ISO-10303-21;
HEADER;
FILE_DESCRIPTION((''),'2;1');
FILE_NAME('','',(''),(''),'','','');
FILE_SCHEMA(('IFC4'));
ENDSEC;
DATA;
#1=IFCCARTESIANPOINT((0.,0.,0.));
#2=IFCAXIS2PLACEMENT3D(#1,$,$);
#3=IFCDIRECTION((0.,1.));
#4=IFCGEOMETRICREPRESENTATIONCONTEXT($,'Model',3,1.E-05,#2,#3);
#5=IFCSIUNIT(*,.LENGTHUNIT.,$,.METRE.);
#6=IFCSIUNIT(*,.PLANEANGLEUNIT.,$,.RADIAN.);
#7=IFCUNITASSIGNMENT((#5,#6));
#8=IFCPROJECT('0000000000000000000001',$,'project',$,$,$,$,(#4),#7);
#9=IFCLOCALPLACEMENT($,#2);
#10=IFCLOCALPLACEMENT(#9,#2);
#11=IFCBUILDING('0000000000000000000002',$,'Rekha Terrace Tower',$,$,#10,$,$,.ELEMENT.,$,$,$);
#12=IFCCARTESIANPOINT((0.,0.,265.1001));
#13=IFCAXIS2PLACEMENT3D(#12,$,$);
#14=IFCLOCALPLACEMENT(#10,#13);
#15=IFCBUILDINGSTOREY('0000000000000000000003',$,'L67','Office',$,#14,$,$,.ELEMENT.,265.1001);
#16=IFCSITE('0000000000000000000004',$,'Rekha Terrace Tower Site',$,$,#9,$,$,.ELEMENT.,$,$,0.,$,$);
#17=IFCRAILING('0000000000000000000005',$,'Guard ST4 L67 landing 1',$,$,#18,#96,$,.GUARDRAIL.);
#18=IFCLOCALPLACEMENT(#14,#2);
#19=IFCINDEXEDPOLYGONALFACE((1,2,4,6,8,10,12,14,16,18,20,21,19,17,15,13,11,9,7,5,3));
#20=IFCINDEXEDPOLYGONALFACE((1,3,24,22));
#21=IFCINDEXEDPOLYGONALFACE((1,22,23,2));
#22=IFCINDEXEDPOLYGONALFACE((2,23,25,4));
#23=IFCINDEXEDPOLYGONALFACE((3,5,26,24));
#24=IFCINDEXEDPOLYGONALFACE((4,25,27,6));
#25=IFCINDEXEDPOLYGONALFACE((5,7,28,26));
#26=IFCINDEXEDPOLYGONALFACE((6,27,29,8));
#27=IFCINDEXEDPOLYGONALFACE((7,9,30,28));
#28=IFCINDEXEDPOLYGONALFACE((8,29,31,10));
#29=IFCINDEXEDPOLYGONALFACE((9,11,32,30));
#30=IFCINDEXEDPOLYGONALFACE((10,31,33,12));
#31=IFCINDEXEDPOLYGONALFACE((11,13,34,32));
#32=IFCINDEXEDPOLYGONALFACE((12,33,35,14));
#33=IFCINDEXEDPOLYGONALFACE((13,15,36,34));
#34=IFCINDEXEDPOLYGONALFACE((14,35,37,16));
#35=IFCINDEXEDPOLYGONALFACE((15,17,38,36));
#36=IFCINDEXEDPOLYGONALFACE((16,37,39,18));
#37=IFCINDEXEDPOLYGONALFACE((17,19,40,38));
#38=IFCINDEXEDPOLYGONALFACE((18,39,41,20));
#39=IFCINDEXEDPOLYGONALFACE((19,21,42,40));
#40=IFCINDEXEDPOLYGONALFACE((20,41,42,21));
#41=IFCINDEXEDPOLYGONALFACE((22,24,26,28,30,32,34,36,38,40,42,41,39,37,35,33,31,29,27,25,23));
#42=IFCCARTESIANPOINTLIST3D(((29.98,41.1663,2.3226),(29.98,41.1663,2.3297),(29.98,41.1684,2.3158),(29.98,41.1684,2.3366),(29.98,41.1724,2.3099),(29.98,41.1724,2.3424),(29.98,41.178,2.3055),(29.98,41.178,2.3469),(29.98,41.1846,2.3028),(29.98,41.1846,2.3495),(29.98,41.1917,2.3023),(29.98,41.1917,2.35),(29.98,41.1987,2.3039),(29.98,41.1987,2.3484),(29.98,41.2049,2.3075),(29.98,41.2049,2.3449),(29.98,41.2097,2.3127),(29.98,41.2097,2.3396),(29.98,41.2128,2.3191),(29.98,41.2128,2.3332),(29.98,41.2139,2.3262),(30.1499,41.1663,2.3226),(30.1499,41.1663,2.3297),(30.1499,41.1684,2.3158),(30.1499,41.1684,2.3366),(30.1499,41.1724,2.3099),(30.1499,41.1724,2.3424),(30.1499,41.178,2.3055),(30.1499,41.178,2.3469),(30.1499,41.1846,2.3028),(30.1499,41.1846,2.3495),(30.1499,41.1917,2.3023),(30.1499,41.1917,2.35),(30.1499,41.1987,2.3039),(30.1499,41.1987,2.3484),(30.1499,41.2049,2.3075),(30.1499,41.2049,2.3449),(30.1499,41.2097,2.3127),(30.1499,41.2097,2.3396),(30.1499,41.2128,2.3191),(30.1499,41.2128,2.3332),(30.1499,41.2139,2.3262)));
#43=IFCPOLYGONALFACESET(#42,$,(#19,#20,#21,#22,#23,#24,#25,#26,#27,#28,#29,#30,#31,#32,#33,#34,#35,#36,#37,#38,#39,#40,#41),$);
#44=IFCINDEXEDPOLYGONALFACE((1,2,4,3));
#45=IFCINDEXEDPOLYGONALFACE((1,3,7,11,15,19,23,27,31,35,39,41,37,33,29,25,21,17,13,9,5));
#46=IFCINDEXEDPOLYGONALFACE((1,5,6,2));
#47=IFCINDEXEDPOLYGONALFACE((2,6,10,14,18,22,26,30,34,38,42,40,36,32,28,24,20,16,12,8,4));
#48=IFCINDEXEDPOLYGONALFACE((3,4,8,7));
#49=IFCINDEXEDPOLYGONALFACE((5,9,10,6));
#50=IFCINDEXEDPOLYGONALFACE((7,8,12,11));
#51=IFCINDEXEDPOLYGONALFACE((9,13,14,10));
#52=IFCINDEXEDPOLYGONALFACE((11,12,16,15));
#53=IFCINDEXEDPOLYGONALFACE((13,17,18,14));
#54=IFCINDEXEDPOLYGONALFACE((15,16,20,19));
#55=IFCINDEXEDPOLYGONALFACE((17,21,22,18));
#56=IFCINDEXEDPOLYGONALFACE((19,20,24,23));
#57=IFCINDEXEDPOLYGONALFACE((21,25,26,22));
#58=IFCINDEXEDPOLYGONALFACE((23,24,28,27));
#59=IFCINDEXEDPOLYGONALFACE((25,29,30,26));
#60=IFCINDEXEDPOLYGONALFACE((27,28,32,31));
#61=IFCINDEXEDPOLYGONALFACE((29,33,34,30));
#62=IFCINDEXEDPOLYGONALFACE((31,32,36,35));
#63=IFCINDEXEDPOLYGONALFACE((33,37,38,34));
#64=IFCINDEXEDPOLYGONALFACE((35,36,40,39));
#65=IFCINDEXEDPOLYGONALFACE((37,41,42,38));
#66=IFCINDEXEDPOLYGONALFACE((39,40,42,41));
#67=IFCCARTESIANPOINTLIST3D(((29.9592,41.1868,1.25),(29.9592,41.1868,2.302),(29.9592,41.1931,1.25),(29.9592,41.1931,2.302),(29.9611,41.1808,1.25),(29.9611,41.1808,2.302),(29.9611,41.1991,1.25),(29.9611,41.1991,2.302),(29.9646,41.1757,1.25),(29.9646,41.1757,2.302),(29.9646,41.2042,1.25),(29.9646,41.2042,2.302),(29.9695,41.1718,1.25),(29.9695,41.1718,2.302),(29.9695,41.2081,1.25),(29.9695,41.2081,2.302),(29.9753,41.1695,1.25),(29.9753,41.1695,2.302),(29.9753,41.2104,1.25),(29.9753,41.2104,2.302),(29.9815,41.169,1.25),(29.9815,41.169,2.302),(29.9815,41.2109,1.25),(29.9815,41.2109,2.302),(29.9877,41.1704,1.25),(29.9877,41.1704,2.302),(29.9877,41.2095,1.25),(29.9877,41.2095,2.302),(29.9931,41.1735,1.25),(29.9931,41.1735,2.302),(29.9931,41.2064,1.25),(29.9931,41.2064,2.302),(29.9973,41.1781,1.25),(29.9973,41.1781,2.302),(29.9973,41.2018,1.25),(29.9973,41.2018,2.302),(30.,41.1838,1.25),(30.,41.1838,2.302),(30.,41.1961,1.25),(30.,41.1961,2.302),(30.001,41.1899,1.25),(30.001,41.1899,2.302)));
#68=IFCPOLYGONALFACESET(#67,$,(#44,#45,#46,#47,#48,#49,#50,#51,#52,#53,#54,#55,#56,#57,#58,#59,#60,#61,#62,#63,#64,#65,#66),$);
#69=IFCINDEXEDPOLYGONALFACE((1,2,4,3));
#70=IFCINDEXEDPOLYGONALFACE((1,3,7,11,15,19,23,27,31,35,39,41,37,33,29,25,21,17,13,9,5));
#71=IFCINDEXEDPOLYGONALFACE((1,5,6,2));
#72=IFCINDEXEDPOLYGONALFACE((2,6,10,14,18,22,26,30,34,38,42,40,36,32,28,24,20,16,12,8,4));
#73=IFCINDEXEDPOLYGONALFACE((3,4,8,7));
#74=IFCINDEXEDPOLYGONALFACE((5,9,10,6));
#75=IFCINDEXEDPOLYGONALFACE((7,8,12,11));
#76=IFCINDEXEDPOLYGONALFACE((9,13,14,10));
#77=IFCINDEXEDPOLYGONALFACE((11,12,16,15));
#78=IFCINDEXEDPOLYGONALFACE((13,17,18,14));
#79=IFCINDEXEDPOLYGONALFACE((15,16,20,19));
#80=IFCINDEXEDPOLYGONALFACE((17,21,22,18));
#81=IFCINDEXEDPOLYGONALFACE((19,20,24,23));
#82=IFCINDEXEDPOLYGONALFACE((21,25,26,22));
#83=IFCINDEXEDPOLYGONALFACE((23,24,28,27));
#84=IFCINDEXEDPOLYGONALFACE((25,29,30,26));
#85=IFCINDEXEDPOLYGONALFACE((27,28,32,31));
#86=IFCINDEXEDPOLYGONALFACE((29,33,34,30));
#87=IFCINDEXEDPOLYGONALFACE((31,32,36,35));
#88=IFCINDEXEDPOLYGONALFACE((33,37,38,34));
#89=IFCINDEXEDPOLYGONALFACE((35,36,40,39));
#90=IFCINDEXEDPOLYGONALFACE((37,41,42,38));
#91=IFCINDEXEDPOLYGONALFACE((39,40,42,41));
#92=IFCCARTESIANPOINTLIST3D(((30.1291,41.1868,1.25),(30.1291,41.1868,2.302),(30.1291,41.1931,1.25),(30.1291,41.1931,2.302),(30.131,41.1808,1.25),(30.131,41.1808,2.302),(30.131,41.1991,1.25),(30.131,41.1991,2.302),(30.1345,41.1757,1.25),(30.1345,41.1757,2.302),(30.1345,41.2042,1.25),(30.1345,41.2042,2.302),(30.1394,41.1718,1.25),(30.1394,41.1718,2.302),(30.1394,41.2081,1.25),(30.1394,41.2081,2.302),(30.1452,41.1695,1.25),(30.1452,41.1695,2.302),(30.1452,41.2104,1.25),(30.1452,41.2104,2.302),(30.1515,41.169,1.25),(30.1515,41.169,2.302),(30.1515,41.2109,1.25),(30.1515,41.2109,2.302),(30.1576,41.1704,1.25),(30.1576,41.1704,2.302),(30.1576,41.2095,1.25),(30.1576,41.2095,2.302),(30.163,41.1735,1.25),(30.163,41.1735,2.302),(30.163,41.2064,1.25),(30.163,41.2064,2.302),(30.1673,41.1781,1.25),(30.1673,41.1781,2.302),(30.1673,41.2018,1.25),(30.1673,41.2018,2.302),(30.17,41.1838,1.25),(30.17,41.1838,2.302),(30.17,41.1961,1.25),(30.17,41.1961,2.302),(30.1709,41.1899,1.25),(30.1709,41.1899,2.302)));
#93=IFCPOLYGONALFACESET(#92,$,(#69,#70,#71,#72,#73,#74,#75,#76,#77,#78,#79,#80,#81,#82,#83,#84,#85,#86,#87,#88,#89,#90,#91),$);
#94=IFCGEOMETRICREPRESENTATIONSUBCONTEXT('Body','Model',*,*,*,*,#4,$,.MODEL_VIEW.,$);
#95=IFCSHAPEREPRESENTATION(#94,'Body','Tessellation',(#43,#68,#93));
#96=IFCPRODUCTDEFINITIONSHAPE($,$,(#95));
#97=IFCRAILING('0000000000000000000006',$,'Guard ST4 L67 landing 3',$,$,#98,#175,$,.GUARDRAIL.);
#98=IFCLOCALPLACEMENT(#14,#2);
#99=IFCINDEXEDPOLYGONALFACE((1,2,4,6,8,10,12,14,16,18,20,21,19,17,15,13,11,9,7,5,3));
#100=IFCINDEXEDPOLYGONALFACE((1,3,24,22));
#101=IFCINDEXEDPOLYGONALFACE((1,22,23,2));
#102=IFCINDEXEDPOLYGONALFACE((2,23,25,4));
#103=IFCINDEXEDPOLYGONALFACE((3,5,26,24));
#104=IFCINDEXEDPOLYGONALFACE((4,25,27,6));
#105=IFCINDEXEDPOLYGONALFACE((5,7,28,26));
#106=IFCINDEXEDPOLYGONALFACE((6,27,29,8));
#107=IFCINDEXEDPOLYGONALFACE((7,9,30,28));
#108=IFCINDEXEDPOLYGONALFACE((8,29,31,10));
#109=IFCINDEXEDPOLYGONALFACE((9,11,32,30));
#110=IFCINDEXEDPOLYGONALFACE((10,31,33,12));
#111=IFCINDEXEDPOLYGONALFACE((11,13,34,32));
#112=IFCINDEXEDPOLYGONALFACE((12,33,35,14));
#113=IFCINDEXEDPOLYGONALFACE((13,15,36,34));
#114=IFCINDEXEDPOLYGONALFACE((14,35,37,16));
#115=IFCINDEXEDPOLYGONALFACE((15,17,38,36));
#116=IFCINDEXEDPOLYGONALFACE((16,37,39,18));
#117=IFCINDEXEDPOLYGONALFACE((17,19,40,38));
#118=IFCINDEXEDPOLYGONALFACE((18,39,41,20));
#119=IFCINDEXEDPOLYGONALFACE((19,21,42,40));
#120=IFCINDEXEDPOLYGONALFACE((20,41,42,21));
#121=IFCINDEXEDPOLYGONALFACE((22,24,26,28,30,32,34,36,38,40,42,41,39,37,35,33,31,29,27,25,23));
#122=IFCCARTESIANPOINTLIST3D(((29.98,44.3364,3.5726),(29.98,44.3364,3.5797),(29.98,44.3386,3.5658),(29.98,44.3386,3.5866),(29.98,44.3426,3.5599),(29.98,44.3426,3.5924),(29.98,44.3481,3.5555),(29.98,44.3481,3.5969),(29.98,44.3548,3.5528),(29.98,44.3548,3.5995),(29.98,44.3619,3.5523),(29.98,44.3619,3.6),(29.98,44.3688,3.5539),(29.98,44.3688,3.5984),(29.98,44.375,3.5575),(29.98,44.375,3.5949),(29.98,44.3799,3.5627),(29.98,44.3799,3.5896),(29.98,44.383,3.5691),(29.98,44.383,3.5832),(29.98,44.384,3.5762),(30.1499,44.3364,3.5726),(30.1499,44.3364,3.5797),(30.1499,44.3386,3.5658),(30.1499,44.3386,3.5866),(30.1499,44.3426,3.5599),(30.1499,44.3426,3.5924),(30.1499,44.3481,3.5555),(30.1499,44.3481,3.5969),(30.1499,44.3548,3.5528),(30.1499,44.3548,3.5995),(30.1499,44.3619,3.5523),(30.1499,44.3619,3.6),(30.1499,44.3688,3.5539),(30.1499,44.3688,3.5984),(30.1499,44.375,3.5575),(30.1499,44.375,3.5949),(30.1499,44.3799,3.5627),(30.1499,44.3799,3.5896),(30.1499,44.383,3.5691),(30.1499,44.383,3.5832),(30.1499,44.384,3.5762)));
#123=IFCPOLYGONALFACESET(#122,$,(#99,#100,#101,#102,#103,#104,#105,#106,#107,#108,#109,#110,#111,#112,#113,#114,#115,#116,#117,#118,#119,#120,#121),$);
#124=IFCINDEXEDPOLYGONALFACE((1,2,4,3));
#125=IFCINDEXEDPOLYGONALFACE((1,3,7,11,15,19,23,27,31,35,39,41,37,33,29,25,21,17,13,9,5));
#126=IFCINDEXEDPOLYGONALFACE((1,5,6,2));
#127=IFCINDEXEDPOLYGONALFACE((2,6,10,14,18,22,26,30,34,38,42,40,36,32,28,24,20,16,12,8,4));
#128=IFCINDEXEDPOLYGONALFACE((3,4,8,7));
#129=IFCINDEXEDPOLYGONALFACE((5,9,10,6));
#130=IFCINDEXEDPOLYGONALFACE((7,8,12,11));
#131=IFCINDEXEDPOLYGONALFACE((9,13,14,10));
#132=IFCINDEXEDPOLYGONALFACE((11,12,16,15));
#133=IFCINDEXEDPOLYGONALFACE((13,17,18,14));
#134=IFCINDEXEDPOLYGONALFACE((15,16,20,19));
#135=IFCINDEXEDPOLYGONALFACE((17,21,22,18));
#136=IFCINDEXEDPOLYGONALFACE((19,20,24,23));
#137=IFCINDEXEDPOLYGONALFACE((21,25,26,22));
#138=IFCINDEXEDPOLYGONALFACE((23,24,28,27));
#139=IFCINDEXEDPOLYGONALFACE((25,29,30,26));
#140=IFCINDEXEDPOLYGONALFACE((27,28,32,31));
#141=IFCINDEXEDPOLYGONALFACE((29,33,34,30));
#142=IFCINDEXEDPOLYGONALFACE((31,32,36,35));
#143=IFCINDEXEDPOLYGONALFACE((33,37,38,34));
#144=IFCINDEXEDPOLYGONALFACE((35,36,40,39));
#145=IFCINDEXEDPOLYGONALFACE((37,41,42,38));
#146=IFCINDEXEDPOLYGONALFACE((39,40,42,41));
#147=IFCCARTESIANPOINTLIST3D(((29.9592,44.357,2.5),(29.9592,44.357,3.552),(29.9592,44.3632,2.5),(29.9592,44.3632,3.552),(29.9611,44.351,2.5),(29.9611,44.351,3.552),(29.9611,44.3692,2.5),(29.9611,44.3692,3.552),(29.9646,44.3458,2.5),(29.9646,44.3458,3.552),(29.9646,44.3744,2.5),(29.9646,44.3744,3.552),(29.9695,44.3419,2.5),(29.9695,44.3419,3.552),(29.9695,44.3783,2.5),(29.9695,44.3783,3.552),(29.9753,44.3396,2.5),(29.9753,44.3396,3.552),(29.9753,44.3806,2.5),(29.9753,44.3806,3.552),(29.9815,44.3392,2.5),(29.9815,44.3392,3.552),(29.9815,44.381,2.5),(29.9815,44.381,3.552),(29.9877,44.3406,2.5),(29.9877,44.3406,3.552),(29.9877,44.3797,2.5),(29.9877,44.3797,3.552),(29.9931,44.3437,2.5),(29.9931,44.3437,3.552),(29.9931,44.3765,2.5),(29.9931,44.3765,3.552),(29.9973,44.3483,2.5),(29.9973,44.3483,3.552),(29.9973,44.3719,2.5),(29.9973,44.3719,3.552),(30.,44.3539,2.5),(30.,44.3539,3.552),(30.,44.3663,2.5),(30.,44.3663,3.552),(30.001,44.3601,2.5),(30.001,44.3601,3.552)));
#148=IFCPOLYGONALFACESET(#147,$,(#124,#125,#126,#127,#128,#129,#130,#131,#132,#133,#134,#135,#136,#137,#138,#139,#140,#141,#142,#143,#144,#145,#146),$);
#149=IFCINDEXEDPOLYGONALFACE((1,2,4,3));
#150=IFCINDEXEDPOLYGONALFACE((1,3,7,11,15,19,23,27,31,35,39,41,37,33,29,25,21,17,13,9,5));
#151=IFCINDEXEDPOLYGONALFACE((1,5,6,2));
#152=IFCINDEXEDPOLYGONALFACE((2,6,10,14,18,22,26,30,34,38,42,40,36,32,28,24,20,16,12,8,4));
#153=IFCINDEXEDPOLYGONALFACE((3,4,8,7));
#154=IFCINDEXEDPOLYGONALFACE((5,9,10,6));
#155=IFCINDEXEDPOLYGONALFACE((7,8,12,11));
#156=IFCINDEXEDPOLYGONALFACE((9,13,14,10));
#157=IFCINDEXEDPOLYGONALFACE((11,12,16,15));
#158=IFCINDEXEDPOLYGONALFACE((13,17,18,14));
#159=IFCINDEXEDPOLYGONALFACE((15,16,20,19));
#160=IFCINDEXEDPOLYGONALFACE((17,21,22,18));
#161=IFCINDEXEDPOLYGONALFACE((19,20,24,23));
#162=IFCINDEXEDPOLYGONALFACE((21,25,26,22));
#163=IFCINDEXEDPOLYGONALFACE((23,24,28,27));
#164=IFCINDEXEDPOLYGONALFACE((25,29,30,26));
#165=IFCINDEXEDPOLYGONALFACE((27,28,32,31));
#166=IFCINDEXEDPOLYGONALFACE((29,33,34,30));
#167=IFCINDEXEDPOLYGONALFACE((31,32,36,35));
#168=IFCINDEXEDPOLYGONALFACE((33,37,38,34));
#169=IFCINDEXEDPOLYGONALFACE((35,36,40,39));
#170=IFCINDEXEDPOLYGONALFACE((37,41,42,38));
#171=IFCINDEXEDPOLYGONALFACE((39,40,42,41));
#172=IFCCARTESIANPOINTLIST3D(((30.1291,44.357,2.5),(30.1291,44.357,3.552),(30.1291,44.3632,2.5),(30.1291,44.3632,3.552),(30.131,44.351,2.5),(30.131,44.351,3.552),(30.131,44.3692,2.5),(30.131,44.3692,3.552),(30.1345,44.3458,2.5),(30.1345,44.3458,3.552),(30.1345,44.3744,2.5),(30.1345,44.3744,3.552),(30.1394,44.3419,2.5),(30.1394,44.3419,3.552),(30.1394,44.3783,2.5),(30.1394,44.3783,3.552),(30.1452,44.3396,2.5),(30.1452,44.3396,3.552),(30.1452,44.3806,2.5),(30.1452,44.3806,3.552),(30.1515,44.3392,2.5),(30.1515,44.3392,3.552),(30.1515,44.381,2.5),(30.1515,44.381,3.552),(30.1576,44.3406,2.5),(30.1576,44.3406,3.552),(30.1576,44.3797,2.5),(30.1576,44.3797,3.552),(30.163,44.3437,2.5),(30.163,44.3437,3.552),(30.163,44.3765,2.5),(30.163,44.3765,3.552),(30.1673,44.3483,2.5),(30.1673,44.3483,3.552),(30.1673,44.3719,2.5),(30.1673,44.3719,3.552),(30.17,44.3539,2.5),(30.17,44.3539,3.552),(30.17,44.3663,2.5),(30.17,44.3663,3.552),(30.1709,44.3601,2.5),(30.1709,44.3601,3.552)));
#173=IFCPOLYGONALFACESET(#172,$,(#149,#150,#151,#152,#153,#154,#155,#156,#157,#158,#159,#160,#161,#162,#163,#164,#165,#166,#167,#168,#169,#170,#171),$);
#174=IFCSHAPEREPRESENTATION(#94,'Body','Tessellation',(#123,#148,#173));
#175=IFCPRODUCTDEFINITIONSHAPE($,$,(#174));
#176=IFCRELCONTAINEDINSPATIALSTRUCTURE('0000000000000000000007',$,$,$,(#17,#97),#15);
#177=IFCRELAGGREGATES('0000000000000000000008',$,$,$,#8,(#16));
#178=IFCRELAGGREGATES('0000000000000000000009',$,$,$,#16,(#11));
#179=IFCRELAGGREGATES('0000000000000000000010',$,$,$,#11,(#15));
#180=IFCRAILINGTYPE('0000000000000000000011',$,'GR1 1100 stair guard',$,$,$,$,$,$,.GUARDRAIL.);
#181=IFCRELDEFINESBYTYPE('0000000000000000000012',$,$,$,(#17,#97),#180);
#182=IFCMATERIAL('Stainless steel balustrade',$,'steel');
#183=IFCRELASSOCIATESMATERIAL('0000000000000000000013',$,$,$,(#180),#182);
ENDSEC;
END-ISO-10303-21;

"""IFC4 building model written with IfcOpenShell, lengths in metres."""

from ifc_helpers import new_model, si_unit, direction, frame, origin, origin_2d, place, context, subcontext, project, spatial, circle, extrude, material, type_object, element, save


model = new_model("IFC4")

# Units and contexts
model_context = context("Model", 3, precision=1e-05, world=origin(), true_north=direction((0.0, 1.0)))
body_context = subcontext(model_context, "Body", "Model", "MODEL_VIEW")
ifc_project = project(units=[si_unit("LENGTHUNIT", "METRE"), si_unit("PLANEANGLEUNIT", "RADIAN")], contexts=[model_context])

# Site, building, storey
site_placement = place(None, origin())
site = spatial("IfcSite", under=ifc_project, at=site_placement, Name="Rekha Terrace Tower Site", CompositionType="ELEMENT", RefElevation=0.0)
building_placement = place(site_placement, origin())
building = spatial("IfcBuilding", under=site, at=building_placement, Name="Rekha Terrace Tower", CompositionType="ELEMENT")
storey_placement = place(building_placement, frame((0.0, 0.0, 265.1001)))
storey = spatial("IfcBuildingStorey", under=building, at=storey_placement, Name="L67", Description="Office", CompositionType="ELEMENT", Elevation=265.1001)

# Railings
ifc_material_1 = material(Name="Stainless steel balustrade", Category="steel")
railing_type_1 = type_object("IfcRailingType", Name="GR1 1100 stair guard", PredefinedType="GUARDRAIL", material=ifc_material_1)
for number, where, name in (
    (1, (29.98, 41.1899, 1.25), "Guard ST4 L67 landing 1"),
    (2, (29.98, 44.3601, 2.5), "Guard ST4 L67 landing 3"),
):
    element("IfcRailing", number, at=place(storey_placement, frame(where)), inside=storey, type_object=railing_type_1, Name=name, PredefinedType="GUARDRAIL", context=body_context, shape_type="SweptSolid", body=[
        extrude(circle(Radius=0.0239, at=origin_2d()), frame((0.0, 0.0, 1.0762), z_axis=(1.0, 0.0, 0.0), x_axis=(0.0, 1.0, 0.0)), (0.0, 0.0, 1.0), 0.1699),
        extrude(circle(Radius=0.021, at=origin_2d()), origin(), (0.0, 0.0, 1.0), 1.052),
        extrude(circle(Radius=0.021, at=origin_2d()), frame((0.1699, 0.0, 0.0)), (0.0, 0.0, 1.0), 1.052),
    ])

save(model, "model.ifc")
